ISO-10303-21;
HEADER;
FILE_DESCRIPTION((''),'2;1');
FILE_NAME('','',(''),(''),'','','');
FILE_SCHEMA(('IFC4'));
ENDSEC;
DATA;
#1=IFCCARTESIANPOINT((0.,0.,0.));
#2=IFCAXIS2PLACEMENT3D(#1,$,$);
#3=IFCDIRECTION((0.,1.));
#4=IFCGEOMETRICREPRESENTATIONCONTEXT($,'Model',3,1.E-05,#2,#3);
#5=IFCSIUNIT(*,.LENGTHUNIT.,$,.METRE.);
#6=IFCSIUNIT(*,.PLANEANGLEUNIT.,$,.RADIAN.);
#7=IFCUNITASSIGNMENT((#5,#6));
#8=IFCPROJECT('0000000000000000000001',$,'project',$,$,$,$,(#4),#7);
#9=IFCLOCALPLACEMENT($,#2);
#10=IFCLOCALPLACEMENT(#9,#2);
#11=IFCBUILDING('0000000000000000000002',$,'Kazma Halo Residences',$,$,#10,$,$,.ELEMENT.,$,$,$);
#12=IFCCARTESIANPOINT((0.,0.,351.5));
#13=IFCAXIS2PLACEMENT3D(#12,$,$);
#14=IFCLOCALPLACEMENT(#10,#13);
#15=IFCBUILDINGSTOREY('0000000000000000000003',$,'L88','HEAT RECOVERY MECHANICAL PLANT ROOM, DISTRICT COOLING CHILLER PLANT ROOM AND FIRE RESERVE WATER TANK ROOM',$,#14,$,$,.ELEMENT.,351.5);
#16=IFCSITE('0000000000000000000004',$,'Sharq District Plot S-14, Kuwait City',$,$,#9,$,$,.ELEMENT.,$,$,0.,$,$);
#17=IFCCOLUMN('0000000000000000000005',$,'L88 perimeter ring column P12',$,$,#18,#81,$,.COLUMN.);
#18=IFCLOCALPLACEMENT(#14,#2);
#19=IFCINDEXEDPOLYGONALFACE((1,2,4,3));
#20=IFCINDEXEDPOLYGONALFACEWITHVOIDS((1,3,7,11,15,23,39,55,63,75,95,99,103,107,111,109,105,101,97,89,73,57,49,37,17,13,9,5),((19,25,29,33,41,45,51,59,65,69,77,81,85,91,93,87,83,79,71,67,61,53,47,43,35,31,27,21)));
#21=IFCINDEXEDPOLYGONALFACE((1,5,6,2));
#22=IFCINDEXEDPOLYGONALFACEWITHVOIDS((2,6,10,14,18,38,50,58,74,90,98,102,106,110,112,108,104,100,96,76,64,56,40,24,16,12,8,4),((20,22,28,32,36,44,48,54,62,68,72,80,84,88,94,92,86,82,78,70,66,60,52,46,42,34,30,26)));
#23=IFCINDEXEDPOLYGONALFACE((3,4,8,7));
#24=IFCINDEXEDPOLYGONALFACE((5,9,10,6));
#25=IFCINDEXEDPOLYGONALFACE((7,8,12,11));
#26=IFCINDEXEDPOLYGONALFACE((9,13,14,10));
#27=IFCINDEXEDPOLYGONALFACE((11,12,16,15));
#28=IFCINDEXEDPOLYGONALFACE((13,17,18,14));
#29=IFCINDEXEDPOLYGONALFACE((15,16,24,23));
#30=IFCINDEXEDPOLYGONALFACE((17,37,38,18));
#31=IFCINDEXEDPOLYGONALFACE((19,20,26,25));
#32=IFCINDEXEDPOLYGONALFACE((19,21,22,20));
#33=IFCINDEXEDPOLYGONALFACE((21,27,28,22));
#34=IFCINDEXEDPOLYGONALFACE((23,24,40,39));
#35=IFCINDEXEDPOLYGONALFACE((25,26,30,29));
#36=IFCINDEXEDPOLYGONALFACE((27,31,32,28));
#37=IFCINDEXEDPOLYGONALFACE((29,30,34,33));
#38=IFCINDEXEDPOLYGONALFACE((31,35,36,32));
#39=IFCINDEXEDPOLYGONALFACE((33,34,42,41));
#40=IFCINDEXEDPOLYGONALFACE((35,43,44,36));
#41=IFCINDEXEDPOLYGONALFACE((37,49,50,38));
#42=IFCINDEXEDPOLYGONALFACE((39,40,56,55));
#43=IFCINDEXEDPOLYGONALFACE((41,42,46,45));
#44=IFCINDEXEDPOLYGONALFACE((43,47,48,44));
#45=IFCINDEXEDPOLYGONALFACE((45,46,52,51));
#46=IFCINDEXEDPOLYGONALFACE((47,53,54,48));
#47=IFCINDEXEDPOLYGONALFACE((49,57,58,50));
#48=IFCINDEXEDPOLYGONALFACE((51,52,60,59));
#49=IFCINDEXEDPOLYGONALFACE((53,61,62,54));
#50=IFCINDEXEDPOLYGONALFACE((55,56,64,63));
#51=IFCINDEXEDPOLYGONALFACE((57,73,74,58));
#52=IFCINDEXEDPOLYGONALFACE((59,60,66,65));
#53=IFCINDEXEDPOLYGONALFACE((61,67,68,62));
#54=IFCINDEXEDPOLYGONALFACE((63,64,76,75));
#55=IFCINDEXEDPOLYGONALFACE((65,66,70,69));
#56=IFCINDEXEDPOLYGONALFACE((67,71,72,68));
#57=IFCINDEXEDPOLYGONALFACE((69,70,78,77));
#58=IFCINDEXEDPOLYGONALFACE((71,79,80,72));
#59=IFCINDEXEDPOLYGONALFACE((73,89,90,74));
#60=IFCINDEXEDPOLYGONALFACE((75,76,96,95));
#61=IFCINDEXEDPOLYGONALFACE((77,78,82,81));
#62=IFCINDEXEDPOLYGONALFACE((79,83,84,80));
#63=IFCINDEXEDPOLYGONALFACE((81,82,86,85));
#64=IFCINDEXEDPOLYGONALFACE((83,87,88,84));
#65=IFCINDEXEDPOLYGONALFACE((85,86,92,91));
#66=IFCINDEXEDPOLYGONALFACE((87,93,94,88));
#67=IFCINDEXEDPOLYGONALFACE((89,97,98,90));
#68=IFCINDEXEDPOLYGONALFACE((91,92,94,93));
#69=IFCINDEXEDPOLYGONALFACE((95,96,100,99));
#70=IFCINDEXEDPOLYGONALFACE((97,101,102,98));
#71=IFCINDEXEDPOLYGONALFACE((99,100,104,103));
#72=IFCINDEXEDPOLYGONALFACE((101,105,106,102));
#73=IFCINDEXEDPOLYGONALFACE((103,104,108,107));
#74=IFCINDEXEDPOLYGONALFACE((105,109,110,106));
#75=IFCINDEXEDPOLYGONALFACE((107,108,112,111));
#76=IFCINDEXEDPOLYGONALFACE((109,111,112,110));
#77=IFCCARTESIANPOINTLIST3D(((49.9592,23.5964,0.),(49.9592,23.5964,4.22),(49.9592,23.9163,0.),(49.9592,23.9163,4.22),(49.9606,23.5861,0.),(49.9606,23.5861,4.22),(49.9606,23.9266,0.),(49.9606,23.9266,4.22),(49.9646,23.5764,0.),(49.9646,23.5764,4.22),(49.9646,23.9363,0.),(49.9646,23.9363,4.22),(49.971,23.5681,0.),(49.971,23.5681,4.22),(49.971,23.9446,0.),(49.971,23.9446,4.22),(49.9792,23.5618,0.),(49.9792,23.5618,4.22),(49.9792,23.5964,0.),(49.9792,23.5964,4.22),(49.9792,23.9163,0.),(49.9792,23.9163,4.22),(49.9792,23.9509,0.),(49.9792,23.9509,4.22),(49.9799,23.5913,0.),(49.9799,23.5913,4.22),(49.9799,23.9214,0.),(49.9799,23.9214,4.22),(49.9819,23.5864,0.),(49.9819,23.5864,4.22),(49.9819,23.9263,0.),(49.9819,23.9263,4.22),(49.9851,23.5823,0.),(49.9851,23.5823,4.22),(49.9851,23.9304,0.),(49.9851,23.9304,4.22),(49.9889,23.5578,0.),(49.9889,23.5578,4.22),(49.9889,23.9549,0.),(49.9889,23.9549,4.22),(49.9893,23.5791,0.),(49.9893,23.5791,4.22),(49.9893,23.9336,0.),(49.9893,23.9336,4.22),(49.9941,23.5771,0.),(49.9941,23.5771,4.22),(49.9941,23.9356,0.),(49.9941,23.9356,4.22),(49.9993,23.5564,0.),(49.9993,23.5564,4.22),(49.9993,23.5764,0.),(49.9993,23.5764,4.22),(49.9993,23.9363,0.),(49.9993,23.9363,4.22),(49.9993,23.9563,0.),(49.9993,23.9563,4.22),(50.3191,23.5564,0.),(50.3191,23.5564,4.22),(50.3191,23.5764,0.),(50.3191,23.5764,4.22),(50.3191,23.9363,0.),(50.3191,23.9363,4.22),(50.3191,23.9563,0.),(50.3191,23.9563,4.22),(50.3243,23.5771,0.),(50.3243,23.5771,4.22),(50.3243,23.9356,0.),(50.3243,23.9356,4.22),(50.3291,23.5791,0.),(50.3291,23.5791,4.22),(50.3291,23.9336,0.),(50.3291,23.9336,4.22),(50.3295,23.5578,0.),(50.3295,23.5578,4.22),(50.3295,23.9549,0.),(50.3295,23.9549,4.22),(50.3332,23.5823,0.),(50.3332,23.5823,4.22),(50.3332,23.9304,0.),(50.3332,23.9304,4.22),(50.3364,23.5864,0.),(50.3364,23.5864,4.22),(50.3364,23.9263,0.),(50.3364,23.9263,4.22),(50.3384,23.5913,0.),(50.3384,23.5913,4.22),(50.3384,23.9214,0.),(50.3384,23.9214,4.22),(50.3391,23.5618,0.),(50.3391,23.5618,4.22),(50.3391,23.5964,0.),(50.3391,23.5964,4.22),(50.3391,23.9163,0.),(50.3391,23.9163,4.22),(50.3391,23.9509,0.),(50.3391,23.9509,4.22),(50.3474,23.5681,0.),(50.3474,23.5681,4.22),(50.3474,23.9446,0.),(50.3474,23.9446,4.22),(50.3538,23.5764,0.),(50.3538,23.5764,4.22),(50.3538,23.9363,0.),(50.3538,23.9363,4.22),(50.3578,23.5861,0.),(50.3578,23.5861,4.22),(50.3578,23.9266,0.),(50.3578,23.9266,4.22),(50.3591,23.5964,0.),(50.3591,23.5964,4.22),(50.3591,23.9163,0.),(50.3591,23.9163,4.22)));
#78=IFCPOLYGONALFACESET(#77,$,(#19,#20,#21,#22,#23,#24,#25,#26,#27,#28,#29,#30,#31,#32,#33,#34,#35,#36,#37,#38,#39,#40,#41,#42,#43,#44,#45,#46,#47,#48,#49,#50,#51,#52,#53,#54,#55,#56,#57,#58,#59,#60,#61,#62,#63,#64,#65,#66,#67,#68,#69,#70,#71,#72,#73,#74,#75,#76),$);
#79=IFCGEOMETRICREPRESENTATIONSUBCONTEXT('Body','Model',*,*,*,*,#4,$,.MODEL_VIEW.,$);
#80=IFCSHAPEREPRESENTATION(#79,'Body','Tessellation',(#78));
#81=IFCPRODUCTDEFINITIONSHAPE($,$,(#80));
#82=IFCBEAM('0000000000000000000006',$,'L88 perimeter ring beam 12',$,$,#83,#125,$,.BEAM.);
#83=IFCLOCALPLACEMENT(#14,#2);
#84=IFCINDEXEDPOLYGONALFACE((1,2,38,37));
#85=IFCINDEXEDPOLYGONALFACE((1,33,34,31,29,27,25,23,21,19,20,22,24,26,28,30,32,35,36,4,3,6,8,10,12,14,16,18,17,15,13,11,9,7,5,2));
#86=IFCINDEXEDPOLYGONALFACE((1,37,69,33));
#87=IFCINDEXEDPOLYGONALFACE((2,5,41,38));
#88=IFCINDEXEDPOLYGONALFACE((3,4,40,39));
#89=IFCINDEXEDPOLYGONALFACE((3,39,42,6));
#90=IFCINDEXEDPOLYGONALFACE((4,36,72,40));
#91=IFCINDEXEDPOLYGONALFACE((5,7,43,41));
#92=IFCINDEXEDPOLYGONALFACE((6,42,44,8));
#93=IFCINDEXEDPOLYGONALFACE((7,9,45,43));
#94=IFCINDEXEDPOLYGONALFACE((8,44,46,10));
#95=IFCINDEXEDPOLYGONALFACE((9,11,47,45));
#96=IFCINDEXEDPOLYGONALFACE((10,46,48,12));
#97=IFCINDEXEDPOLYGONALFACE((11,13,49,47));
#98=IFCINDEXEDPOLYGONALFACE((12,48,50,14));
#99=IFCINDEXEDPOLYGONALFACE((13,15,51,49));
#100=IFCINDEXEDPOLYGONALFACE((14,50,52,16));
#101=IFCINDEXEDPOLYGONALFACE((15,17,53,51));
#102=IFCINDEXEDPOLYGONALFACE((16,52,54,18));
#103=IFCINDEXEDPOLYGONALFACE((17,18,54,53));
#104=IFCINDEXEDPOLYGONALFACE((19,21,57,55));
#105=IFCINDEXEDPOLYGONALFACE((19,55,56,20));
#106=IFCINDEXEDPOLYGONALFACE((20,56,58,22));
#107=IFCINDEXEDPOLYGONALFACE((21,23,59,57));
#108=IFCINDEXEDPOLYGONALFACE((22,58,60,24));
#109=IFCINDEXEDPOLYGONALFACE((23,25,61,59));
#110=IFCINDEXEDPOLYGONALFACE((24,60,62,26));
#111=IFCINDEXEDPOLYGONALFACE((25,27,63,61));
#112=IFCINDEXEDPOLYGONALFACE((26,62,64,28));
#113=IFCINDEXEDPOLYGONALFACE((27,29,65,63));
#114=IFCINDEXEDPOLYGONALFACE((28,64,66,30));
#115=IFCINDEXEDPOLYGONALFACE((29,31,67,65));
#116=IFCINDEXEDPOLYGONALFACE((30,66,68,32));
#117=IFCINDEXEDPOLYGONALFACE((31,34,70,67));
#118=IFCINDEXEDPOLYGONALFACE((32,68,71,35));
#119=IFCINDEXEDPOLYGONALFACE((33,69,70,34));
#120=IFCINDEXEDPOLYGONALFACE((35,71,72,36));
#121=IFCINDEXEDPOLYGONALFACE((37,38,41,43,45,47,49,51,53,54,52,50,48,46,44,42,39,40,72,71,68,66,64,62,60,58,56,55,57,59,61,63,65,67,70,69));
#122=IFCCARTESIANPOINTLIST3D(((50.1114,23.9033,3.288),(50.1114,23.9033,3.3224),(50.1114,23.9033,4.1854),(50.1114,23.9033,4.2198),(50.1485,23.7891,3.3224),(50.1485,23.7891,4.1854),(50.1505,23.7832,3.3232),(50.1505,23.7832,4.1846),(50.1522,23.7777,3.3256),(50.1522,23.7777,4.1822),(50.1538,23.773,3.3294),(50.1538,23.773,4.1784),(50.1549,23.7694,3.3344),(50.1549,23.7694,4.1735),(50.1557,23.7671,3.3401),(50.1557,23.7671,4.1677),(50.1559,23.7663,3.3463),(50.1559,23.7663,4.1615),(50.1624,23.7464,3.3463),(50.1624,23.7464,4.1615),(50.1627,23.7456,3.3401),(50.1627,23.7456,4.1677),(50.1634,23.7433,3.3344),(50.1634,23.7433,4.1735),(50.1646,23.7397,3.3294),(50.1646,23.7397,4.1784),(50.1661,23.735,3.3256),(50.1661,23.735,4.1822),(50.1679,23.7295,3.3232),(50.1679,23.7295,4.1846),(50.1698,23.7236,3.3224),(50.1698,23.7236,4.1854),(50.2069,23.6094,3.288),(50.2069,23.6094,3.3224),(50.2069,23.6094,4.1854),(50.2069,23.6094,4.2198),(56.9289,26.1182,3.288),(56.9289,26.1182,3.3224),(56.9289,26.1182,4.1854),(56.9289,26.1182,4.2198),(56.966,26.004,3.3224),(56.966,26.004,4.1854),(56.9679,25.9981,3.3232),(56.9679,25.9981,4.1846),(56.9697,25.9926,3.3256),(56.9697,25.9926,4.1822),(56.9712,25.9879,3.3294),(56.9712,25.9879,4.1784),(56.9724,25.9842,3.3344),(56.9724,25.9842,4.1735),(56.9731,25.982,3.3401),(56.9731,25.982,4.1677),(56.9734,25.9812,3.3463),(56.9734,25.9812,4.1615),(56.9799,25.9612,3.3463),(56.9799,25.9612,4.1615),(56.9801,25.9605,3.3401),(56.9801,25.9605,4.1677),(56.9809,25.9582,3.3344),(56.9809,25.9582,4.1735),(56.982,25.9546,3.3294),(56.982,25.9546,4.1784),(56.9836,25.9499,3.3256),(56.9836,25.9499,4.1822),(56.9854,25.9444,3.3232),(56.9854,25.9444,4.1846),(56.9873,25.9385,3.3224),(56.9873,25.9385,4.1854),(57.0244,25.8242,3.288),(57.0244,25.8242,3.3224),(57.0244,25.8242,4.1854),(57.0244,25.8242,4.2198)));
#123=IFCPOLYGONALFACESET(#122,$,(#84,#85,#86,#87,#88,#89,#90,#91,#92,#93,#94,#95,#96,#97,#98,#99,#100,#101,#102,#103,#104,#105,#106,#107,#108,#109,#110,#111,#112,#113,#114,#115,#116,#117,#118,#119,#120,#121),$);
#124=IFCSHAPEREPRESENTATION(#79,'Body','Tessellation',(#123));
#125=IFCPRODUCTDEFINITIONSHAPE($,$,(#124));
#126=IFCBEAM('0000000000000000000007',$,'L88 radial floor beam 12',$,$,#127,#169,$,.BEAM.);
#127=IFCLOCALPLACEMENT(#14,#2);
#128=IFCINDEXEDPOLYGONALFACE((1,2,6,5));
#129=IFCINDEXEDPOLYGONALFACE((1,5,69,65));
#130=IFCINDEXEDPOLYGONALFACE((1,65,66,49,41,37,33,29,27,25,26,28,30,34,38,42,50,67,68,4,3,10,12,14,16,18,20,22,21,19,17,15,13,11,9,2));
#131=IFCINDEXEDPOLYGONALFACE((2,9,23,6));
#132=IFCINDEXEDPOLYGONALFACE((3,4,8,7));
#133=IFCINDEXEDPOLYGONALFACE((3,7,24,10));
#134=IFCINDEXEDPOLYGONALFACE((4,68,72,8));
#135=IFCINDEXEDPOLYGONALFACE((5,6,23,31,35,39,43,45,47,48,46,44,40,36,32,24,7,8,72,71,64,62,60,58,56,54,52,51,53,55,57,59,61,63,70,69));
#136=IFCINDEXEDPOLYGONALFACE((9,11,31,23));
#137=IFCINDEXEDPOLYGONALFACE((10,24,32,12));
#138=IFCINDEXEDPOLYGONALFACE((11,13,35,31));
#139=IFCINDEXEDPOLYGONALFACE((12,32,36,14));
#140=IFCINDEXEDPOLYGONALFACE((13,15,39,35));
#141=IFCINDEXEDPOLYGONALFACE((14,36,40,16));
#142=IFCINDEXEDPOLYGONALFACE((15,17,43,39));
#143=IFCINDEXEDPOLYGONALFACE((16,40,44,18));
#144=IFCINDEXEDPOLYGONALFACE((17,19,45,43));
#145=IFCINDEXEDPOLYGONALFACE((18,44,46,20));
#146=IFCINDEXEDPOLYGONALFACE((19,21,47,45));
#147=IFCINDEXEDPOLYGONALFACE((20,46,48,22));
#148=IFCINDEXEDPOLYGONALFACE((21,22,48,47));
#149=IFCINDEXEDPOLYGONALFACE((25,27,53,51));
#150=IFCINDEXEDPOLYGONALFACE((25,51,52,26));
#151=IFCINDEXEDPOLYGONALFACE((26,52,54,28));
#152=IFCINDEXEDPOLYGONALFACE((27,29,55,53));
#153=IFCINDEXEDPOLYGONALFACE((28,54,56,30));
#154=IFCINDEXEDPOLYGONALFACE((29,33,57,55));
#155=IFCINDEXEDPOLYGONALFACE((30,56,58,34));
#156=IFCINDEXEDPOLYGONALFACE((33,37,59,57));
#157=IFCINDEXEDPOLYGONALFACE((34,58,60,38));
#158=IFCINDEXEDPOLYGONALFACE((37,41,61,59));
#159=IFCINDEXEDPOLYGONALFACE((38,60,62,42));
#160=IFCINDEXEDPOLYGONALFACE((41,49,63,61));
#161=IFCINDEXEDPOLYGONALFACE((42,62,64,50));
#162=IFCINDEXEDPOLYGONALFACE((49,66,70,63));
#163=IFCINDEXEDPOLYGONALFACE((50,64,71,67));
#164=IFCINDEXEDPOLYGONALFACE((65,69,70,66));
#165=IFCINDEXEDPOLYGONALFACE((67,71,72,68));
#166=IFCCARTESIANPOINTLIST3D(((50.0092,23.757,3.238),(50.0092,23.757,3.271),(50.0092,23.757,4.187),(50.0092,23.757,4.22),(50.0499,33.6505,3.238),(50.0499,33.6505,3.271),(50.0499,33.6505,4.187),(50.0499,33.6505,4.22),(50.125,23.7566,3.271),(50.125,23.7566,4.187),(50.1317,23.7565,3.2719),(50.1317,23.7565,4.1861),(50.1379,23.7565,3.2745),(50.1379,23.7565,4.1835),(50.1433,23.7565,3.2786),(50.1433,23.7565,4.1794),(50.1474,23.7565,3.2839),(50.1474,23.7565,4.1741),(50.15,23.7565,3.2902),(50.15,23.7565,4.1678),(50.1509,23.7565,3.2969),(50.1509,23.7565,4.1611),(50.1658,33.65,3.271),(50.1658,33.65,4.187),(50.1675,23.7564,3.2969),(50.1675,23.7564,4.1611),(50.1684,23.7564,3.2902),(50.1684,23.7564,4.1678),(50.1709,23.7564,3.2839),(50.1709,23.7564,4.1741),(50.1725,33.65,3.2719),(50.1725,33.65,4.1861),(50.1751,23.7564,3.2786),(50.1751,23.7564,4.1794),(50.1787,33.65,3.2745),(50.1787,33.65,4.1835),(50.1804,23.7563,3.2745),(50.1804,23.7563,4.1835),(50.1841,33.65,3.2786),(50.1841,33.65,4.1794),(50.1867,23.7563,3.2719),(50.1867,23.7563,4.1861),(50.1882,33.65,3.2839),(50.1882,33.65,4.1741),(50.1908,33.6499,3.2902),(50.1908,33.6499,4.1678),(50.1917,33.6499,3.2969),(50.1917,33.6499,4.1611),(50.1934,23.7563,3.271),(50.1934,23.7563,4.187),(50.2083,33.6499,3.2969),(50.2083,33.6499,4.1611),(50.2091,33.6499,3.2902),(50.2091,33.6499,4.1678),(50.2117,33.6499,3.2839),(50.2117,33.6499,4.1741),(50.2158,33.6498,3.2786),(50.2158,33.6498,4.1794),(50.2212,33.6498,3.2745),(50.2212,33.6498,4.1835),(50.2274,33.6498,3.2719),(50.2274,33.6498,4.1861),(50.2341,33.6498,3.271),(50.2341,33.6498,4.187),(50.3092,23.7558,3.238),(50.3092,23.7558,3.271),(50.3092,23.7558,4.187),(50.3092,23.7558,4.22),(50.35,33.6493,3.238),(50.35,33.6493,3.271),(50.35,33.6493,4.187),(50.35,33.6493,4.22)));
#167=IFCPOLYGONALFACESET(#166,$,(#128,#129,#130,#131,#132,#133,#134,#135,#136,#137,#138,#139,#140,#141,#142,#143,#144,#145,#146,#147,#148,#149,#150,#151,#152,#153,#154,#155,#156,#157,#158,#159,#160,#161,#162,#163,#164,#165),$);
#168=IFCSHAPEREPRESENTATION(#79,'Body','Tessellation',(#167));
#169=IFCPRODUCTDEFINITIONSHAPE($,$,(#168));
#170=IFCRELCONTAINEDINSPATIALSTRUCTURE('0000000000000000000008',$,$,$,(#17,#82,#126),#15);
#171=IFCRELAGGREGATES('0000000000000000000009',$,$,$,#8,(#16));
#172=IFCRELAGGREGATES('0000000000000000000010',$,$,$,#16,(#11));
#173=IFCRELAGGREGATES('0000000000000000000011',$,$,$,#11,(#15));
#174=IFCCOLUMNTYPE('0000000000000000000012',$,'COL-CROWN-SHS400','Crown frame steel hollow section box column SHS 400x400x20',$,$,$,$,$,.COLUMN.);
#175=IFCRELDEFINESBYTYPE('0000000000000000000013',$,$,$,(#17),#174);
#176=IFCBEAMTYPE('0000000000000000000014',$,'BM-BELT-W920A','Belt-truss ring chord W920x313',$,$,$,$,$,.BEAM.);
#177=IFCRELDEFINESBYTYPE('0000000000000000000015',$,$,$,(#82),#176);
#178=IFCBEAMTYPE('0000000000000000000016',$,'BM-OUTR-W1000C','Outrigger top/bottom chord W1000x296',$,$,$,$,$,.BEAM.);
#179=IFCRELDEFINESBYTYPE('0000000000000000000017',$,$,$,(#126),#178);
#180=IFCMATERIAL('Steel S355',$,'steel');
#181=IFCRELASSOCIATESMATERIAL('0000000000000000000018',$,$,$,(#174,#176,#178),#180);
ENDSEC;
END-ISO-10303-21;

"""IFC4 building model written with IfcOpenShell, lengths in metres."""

from ifc_helpers import new_model, si_unit, direction, frame, origin, origin_2d, place, context, subcontext, project, spatial, hollow_rectangle, i_section, extrude, material, material_profile, profile_set, type_object, element, save


model = new_model("IFC4")

# Units and contexts
model_context = context("Model", 3, precision=1e-05, world=origin(), true_north=direction((0.0, 1.0)))
body_context = subcontext(model_context, "Body", "Model", "MODEL_VIEW")
ifc_project = project(units=[si_unit("LENGTHUNIT", "METRE"), si_unit("PLANEANGLEUNIT", "RADIAN")], contexts=[model_context])

# Site, building, storey
site_placement = place(None, origin())
site = spatial("IfcSite", under=ifc_project, at=site_placement, Name="Sharq District Plot S-14, Kuwait City", CompositionType="ELEMENT", RefElevation=0.0)
building_placement = place(site_placement, origin())
building = spatial("IfcBuilding", under=site, at=building_placement, Name="Kazma Halo Residences", CompositionType="ELEMENT")
storey_placement = place(building_placement, frame((0.0, 0.0, 351.5)))
storey = spatial("IfcBuildingStorey", under=building, at=storey_placement, Name="L88", Description="HEAT RECOVERY MECHANICAL PLANT ROOM, DISTRICT COOLING CHILLER PLANT ROOM AND FIRE RESERVE WATER TANK ROOM", CompositionType="ELEMENT", Elevation=351.5)

# Column
ifc_material_1 = material(Name="Steel S355", Category="steel")
ifc_material_profile_1 = material_profile(ifc_material_1, hollow_rectangle(XDim=0.3999, YDim=0.3999, WallThickness=0.02, InnerFilletRadius=0.02, OuterFilletRadius=0.04, at=origin_2d()), Name="SHS400x400x20")
ifc_profile_set_1 = profile_set([ifc_material_profile_1], Name="Steel S355")
column_type = type_object("IfcColumnType", Name="COL-CROWN-SHS400", Description="Crown frame steel hollow section box column SHS 400x400x20", PredefinedType="COLUMN", material=ifc_profile_set_1)
column_placement = place(storey_placement, frame((50.1592, 23.7563, 0.0), z_axis=(0.0, 0.0, 1.0), x_axis=(1.0, 0.0, 0.0)))
element("IfcColumn", 1, at=column_placement, inside=storey, type_object=column_type, Name="L88 perimeter ring column P12", PredefinedType="COLUMN", context=body_context, shape_type="SweptSolid", body=[
    extrude(hollow_rectangle(XDim=0.3999, YDim=0.3999, WallThickness=0.02, InnerFilletRadius=0.02, OuterFilletRadius=0.04, at=origin_2d()), origin(), (0.0, 0.0, 1.0), 4.22),
])

# Beams
ifc_material_profile_2 = material_profile(ifc_material_1, i_section(OverallWidth=0.3091, OverallDepth=0.9319, WebThickness=0.021, FlangeThickness=0.0344, FilletRadius=0.0239, at=origin_2d()), Name="W920x313")
ifc_profile_set_2 = profile_set([ifc_material_profile_2], Name="Steel S355")
beam_type_1 = type_object("IfcBeamType", Name="BM-BELT-W920A", Description="Belt-truss ring chord W920x313", PredefinedType="BEAM", material=ifc_profile_set_2)
beam_1_placement = place(storey_placement, frame((50.1592, 23.7563, 3.7539), z_axis=(0.951067, 0.308984, 0.0), x_axis=(-0.308984, 0.951067, 0.0)))
element("IfcBeam", 2, at=beam_1_placement, inside=storey, type_object=beam_type_1, Name="L88 perimeter ring beam 12", PredefinedType="BEAM", context=body_context, shape_type="SweptSolid", body=[
    extrude(i_section(OverallWidth=0.3091, OverallDepth=0.9319, WebThickness=0.021, FlangeThickness=0.0344, FilletRadius=0.0239, at=origin_2d()), origin(), (0.0, 0.0, 1.0), 7.1682),
])
ifc_material_profile_3 = material_profile(ifc_material_1, i_section(OverallWidth=0.3, OverallDepth=0.9819, WebThickness=0.0166, FlangeThickness=0.033, FilletRadius=0.0259, at=origin_2d()), Name="W1000x296")
ifc_profile_set_3 = profile_set([ifc_material_profile_3], Name="Steel S355")
beam_type_2 = type_object("IfcBeamType", Name="BM-OUTR-W1000C", Description="Outrigger top/bottom chord W1000x296", PredefinedType="BEAM", material=ifc_profile_set_3)
beam_2_placement = place(storey_placement, frame((50.2, 33.6499, 3.729), z_axis=(-0.004121, -0.999992, 0.0), x_axis=(0.999992, -0.004121, 0.0)))
element("IfcBeam", 3, at=beam_2_placement, inside=storey, type_object=beam_type_2, Name="L88 radial floor beam 12", PredefinedType="BEAM", context=body_context, shape_type="SweptSolid", body=[
    extrude(i_section(OverallWidth=0.3, OverallDepth=0.9819, WebThickness=0.0166, FlangeThickness=0.033, FilletRadius=0.0259, at=origin_2d()), origin(), (0.0, 0.0, 1.0), 9.8936),
])

save(model, "model.ifc")
